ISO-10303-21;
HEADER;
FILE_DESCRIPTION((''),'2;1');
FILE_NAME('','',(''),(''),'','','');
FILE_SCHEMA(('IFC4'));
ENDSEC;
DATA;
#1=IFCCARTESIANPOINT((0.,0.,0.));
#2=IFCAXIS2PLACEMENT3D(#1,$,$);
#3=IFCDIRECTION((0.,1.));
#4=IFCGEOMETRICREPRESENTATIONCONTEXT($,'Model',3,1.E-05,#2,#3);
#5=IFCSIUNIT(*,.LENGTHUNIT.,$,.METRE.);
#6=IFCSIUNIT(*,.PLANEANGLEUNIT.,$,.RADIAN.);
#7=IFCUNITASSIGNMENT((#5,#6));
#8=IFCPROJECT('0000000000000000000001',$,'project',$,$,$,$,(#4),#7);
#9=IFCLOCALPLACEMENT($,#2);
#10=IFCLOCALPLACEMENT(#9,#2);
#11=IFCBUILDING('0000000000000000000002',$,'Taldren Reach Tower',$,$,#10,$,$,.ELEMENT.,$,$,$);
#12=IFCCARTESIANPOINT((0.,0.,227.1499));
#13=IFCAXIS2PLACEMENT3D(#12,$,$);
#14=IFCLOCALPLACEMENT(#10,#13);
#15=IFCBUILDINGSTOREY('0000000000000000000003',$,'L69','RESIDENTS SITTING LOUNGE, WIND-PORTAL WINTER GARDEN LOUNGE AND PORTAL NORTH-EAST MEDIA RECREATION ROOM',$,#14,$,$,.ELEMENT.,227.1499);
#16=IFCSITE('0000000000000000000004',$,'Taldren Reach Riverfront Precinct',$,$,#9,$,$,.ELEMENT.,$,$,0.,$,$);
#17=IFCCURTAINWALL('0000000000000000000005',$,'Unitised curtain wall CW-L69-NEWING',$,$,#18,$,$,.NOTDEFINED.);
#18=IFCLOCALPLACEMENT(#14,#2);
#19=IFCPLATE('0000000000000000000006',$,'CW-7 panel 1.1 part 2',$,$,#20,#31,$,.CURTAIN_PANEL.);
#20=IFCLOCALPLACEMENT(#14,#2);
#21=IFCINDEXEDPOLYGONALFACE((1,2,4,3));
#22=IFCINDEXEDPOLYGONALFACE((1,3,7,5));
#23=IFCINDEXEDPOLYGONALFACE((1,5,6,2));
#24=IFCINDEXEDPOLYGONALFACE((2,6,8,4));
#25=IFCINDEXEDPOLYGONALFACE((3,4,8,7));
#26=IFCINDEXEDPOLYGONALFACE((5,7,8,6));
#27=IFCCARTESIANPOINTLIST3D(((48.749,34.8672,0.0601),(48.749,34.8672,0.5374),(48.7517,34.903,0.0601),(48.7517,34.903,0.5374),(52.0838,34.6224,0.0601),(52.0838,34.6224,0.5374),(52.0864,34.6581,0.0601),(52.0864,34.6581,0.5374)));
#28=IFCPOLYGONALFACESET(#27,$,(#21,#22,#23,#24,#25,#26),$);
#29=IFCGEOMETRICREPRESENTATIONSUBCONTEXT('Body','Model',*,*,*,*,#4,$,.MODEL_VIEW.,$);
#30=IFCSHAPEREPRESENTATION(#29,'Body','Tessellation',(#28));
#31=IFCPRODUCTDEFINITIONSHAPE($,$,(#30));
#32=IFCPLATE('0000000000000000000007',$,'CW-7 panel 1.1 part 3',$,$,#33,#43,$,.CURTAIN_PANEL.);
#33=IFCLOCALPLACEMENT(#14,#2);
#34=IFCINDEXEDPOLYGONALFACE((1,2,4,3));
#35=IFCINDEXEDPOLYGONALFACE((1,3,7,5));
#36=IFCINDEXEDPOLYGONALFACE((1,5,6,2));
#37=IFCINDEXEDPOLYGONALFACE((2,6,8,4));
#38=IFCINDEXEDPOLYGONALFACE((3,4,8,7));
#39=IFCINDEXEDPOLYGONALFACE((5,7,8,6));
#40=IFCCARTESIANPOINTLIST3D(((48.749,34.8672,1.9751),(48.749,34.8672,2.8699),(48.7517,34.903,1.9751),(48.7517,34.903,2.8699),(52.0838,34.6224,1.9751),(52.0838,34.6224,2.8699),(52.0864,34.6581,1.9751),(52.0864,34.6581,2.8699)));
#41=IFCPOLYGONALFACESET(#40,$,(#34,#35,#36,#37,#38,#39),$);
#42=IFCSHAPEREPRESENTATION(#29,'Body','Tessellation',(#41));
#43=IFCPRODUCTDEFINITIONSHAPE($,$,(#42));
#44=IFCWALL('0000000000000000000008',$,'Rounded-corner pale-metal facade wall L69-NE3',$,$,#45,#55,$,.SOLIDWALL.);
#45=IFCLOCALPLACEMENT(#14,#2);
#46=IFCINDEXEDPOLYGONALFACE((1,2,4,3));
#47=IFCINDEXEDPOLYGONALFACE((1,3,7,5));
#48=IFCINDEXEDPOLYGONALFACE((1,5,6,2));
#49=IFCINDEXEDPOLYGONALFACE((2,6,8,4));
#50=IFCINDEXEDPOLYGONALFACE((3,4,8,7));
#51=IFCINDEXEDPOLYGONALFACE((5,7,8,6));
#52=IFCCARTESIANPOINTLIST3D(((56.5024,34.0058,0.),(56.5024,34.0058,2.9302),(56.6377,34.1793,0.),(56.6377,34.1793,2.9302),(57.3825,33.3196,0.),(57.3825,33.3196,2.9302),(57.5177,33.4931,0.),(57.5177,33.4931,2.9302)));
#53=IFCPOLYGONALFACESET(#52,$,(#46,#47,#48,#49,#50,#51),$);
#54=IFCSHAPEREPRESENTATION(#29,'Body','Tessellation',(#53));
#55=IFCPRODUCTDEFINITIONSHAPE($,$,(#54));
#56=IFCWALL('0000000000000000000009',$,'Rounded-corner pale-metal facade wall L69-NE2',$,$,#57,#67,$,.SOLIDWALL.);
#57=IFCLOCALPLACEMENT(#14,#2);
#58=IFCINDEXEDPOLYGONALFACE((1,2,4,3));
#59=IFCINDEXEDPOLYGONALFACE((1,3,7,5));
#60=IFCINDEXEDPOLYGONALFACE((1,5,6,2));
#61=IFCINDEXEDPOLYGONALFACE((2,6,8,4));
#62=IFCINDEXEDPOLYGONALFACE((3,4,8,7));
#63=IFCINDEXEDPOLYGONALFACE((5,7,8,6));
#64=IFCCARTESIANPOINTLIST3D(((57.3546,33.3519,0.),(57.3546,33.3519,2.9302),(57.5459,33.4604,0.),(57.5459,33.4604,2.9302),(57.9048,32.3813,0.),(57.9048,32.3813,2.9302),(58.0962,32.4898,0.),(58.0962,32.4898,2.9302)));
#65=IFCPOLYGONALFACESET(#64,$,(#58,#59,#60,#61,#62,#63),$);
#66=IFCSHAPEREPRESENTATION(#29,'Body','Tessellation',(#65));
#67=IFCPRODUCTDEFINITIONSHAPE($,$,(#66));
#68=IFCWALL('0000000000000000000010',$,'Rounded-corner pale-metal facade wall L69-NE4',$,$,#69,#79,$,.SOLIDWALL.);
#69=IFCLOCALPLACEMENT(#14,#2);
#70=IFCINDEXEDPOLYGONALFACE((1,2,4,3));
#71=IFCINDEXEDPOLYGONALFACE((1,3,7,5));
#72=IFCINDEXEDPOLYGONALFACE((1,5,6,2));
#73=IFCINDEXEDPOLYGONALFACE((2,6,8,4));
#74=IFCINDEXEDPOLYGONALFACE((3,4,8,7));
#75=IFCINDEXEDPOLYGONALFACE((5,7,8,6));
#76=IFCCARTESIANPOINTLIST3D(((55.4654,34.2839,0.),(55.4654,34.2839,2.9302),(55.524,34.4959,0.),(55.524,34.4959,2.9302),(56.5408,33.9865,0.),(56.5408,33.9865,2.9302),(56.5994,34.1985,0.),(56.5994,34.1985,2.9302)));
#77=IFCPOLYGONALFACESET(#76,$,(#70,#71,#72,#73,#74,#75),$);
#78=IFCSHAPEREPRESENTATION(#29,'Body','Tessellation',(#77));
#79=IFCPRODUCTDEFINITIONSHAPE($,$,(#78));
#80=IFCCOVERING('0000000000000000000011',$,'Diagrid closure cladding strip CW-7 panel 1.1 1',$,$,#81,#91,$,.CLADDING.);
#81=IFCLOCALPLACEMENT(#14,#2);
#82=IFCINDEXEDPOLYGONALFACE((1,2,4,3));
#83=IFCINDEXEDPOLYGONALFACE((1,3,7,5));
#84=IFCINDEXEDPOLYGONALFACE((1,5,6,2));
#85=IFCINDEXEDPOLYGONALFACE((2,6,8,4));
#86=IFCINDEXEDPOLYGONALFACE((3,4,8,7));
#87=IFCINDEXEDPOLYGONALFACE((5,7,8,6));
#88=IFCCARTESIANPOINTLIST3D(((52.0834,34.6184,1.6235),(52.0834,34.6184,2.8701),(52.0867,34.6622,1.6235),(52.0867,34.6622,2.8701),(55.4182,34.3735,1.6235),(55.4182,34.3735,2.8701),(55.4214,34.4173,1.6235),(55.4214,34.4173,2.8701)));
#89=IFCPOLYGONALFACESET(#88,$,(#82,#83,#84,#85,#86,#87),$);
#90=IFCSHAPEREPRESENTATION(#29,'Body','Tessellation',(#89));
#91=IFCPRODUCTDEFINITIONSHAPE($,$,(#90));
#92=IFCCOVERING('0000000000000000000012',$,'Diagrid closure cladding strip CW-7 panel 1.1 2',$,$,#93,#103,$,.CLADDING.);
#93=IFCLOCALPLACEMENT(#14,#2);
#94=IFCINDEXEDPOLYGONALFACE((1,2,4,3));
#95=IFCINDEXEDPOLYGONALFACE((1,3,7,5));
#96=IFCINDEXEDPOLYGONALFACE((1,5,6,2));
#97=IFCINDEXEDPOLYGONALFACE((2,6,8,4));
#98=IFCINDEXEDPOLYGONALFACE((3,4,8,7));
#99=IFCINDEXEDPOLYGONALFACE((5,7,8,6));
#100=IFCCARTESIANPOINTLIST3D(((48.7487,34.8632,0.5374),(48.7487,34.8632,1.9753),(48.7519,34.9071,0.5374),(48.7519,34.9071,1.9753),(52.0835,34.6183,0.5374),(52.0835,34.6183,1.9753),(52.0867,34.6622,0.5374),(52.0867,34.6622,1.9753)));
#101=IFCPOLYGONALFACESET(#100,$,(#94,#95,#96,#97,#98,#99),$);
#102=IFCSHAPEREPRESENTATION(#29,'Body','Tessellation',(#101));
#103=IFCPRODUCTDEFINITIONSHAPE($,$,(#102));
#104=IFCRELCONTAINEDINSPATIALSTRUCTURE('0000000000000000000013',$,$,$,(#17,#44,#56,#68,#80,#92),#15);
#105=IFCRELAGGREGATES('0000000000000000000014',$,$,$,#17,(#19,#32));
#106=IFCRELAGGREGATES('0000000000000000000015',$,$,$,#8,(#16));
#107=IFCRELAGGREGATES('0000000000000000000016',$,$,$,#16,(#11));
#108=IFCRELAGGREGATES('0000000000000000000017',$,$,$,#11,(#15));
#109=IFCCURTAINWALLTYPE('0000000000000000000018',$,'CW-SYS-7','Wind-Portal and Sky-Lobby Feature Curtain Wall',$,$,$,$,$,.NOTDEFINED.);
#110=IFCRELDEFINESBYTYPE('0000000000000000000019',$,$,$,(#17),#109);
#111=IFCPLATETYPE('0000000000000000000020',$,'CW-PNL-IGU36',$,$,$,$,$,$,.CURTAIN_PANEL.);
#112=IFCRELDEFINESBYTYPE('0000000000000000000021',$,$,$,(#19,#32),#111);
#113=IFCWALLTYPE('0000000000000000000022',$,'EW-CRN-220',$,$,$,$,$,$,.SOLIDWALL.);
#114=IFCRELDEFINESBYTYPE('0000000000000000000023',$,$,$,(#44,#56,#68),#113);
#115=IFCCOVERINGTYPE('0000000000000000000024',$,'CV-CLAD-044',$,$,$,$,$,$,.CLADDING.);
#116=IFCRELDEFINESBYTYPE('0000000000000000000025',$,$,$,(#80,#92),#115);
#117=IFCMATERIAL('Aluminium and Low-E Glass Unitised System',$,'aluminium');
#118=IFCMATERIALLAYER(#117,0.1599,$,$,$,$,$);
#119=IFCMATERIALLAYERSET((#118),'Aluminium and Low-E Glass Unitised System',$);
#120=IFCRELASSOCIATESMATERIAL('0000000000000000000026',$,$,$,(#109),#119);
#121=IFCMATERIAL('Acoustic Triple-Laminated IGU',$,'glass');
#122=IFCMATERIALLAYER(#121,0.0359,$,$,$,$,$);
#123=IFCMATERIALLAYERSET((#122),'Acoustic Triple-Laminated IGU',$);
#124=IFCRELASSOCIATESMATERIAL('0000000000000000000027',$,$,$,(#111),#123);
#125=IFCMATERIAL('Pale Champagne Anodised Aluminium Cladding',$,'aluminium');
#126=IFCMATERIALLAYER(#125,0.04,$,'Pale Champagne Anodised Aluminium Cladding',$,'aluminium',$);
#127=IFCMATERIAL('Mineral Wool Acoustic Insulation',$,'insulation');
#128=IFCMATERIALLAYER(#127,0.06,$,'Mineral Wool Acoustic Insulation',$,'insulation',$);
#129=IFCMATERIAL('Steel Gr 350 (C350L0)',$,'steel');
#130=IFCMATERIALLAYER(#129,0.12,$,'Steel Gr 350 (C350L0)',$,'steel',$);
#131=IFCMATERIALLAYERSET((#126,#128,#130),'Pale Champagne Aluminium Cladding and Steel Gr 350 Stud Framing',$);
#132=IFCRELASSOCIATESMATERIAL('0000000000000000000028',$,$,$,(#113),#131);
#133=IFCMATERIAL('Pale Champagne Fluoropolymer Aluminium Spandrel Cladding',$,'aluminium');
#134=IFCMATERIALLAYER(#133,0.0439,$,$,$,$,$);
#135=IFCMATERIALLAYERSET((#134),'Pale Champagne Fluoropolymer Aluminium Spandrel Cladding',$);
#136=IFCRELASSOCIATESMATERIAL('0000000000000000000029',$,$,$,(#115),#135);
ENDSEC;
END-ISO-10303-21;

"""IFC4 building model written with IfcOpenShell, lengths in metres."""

from ifc_helpers import new_model, si_unit, direction, frame, frame_2d, origin, origin_2d, place, context, subcontext, project, spatial, rectangle, extrude, source, transform, mapped, material, layer, layer_set, type_object, element, aggregate, save


model = new_model("IFC4")

# Units and contexts
model_context = context("Model", 3, precision=1e-05, world=origin(), true_north=direction((0.0, 1.0)))
body_context = subcontext(model_context, "Body", "Model", "MODEL_VIEW")
ifc_project = project(units=[si_unit("LENGTHUNIT", "METRE"), si_unit("PLANEANGLEUNIT", "RADIAN")], contexts=[model_context])

# Site, building, storey
site_placement = place(None, origin())
site = spatial("IfcSite", under=ifc_project, at=site_placement, Name="Taldren Reach Riverfront Precinct", CompositionType="ELEMENT", RefElevation=0.0)
building_placement = place(site_placement, origin())
building = spatial("IfcBuilding", under=site, at=building_placement, Name="Taldren Reach Tower", CompositionType="ELEMENT")
storey_placement = place(building_placement, frame((0.0, 0.0, 227.1499)))
storey = spatial("IfcBuildingStorey", under=building, at=storey_placement, Name="L69", Description="RESIDENTS SITTING LOUNGE, WIND-PORTAL WINTER GARDEN LOUNGE AND PORTAL NORTH-EAST MEDIA RECREATION ROOM", CompositionType="ELEMENT", Elevation=227.1499)

# Shared definitions
ifc_material_1 = material(Name="Steel Gr 350 (C350L0)", Category="steel")

# Curtain wall
ifc_material_2 = material(Name="Aluminium and Low-E Glass Unitised System", Category="aluminium")
ifc_layer_1 = layer(ifc_material_2, 0.1599)
ifc_layer_set_1 = layer_set([ifc_layer_1], Name="Aluminium and Low-E Glass Unitised System")
curtain_wall_type = type_object("IfcCurtainWallType", Name="CW-SYS-7", Description="Wind-Portal and Sky-Lobby Feature Curtain Wall", PredefinedType="NOTDEFINED", material=ifc_layer_set_1)
curtain_wall_placement = place(storey_placement, origin())
curtain_wall = element("IfcCurtainWall", 1, at=curtain_wall_placement, inside=storey, type_object=curtain_wall_type, Name="Unitised curtain wall CW-L69-NEWING", PredefinedType="NOTDEFINED")

# Plates
ifc_material_3 = material(Name="Acoustic Triple-Laminated IGU", Category="glass")
ifc_layer_2 = layer(ifc_material_3, 0.0359)
ifc_layer_set_2 = layer_set([ifc_layer_2], Name="Acoustic Triple-Laminated IGU")
plate_type_1 = type_object("IfcPlateType", Name="CW-PNL-IGU36", PredefinedType="CURTAIN_PANEL", material=ifc_layer_set_2)
shared_shape_1 = source(origin(), body_context, "Body", "SweptSolid", [
    extrude(rectangle(XDim=3.3438, YDim=0.0359, at=origin_2d()), origin(), (0.0, 0.0, 1.0), 0.4773),
])
plate_1_placement = place(storey_placement, frame((50.4177, 34.7627, 0.0601), z_axis=(0.0, 0.0, 1.0), x_axis=(-0.997314, 0.073238, 0.0)))
plate_1 = element("IfcPlate", 2, at=plate_1_placement, type_object=plate_type_1, Name="CW-7 panel 1.1 part 2", PredefinedType="CURTAIN_PANEL", context=body_context, shape_type="MappedRepresentation", body=[
    mapped(shared_shape_1, transform((0.0, 0.0, 0.0), scale=1.0)),
])
shared_shape_2 = source(origin(), body_context, "Body", "SweptSolid", [
    extrude(rectangle(XDim=3.3438, YDim=0.0359, at=origin_2d()), origin(), (0.0, 0.0, 1.0), 0.8948),
])
plate_2_placement = place(storey_placement, frame((50.4177, 34.7627, 1.9751), z_axis=(0.0, 0.0, 1.0), x_axis=(-0.997314, 0.073238, 0.0)))
plate_2 = element("IfcPlate", 3, at=plate_2_placement, type_object=plate_type_1, Name="CW-7 panel 1.1 part 3", PredefinedType="CURTAIN_PANEL", context=body_context, shape_type="MappedRepresentation", body=[
    mapped(shared_shape_2, transform((0.0, 0.0, 0.0), scale=1.0)),
])
aggregate(curtain_wall, [plate_1, plate_2])

# Walls
ifc_material_4 = material(Name="Pale Champagne Anodised Aluminium Cladding", Category="aluminium")
ifc_layer_3 = layer(ifc_material_4, 0.04, Name="Pale Champagne Anodised Aluminium Cladding", Category="aluminium")
ifc_material_5 = material(Name="Mineral Wool Acoustic Insulation", Category="insulation")
ifc_layer_4 = layer(ifc_material_5, 0.06, Name="Mineral Wool Acoustic Insulation", Category="insulation")
ifc_layer_5 = layer(ifc_material_1, 0.12, Name="Steel Gr 350 (C350L0)", Category="steel")
ifc_layer_set_3 = layer_set([ifc_layer_3, ifc_layer_4, ifc_layer_5], Name="Pale Champagne Aluminium Cladding and Steel Gr 350 Stud Framing")
wall_type = type_object("IfcWallType", Name="EW-CRN-220", PredefinedType="SOLIDWALL", material=ifc_layer_set_3)
shared_shape_3 = source(origin(), body_context, "Body", "SweptSolid", [
    extrude(rectangle(XDim=1.116, YDim=0.22, at=frame_2d((0.5581, 0.0))), origin(), (0.0, 0.0, 1.0), 2.9302),
])
wall_placement = place(storey_placement, frame((57.4502, 33.4062, 0.0), z_axis=(0.0, 0.0, 1.0), x_axis=(-0.788598, 0.614909, 0.0)))
element("IfcWall", 4, at=wall_placement, inside=storey, type_object=wall_type, Name="Rounded-corner pale-metal facade wall L69-NE3", PredefinedType="SOLIDWALL", context=body_context, shape_type="MappedRepresentation", body=[
    mapped(shared_shape_3, transform((0.0, 0.0, 0.0), scale=1.0)),
])
shared_shape_4 = source(origin(), body_context, "Body", "SweptSolid", [
    extrude(rectangle(XDim=1.1157, YDim=0.22, at=frame_2d((0.5579, 0.0))), origin(), (0.0, 0.0, 1.0), 2.9302),
])
for number, where, z_axis, x_axis, name in (
    (5, (58.0005, 32.4355, 0.0), (0.0, 0.0, 1.0), (-0.493167, 0.869935, 0.0), "Rounded-corner pale-metal facade wall L69-NE2"),
    (6, (56.5701, 34.0925, 0.0), (0.0, 0.0, 1.0), (-0.963834, 0.266504, 0.0), "Rounded-corner pale-metal facade wall L69-NE4"),
):
    element("IfcWall", number, at=place(storey_placement, frame(where, z_axis=z_axis, x_axis=x_axis)), inside=storey, type_object=wall_type, Name=name, PredefinedType="SOLIDWALL", context=body_context, shape_type="MappedRepresentation", body=[
        mapped(shared_shape_4, transform((0.0, 0.0, 0.0), scale=1.0)),
    ])

# Coverings
ifc_material_6 = material(Name="Pale Champagne Fluoropolymer Aluminium Spandrel Cladding", Category="aluminium")
ifc_layer_6 = layer(ifc_material_6, 0.0439)
ifc_layer_set_4 = layer_set([ifc_layer_6], Name="Pale Champagne Fluoropolymer Aluminium Spandrel Cladding")
covering_type = type_object("IfcCoveringType", Name="CV-CLAD-044", PredefinedType="CLADDING", material=ifc_layer_set_4)
shared_shape_5 = source(origin(), body_context, "Body", "SweptSolid", [
    extrude(rectangle(XDim=3.3438, YDim=0.0439, at=origin_2d()), origin(), (0.0, 0.0, 1.0), 1.2466),
])
covering_1_placement = place(storey_placement, frame((53.7524, 34.5178, 1.6235), z_axis=(0.0, 0.0, 1.0), x_axis=(-0.997314, 0.073238, 0.0)))
element("IfcCovering", 7, at=covering_1_placement, inside=storey, type_object=covering_type, Name="Diagrid closure cladding strip CW-7 panel 1.1 1", PredefinedType="CLADDING", context=body_context, shape_type="MappedRepresentation", body=[
    mapped(shared_shape_5, transform((0.0, 0.0, 0.0), scale=1.0)),
])
shared_shape_6 = source(origin(), body_context, "Body", "SweptSolid", [
    extrude(rectangle(XDim=3.3438, YDim=0.0439, at=origin_2d()), origin(), (0.0, 0.0, 1.0), 1.438),
])
covering_2_placement = place(storey_placement, frame((50.4177, 34.7627, 0.5374), z_axis=(0.0, 0.0, 1.0), x_axis=(-0.997314, 0.073238, 0.0)))
element("IfcCovering", 8, at=covering_2_placement, inside=storey, type_object=covering_type, Name="Diagrid closure cladding strip CW-7 panel 1.1 2", PredefinedType="CLADDING", context=body_context, shape_type="MappedRepresentation", body=[
    mapped(shared_shape_6, transform((0.0, 0.0, 0.0), scale=1.0)),
])

save(model, "model.ifc")
